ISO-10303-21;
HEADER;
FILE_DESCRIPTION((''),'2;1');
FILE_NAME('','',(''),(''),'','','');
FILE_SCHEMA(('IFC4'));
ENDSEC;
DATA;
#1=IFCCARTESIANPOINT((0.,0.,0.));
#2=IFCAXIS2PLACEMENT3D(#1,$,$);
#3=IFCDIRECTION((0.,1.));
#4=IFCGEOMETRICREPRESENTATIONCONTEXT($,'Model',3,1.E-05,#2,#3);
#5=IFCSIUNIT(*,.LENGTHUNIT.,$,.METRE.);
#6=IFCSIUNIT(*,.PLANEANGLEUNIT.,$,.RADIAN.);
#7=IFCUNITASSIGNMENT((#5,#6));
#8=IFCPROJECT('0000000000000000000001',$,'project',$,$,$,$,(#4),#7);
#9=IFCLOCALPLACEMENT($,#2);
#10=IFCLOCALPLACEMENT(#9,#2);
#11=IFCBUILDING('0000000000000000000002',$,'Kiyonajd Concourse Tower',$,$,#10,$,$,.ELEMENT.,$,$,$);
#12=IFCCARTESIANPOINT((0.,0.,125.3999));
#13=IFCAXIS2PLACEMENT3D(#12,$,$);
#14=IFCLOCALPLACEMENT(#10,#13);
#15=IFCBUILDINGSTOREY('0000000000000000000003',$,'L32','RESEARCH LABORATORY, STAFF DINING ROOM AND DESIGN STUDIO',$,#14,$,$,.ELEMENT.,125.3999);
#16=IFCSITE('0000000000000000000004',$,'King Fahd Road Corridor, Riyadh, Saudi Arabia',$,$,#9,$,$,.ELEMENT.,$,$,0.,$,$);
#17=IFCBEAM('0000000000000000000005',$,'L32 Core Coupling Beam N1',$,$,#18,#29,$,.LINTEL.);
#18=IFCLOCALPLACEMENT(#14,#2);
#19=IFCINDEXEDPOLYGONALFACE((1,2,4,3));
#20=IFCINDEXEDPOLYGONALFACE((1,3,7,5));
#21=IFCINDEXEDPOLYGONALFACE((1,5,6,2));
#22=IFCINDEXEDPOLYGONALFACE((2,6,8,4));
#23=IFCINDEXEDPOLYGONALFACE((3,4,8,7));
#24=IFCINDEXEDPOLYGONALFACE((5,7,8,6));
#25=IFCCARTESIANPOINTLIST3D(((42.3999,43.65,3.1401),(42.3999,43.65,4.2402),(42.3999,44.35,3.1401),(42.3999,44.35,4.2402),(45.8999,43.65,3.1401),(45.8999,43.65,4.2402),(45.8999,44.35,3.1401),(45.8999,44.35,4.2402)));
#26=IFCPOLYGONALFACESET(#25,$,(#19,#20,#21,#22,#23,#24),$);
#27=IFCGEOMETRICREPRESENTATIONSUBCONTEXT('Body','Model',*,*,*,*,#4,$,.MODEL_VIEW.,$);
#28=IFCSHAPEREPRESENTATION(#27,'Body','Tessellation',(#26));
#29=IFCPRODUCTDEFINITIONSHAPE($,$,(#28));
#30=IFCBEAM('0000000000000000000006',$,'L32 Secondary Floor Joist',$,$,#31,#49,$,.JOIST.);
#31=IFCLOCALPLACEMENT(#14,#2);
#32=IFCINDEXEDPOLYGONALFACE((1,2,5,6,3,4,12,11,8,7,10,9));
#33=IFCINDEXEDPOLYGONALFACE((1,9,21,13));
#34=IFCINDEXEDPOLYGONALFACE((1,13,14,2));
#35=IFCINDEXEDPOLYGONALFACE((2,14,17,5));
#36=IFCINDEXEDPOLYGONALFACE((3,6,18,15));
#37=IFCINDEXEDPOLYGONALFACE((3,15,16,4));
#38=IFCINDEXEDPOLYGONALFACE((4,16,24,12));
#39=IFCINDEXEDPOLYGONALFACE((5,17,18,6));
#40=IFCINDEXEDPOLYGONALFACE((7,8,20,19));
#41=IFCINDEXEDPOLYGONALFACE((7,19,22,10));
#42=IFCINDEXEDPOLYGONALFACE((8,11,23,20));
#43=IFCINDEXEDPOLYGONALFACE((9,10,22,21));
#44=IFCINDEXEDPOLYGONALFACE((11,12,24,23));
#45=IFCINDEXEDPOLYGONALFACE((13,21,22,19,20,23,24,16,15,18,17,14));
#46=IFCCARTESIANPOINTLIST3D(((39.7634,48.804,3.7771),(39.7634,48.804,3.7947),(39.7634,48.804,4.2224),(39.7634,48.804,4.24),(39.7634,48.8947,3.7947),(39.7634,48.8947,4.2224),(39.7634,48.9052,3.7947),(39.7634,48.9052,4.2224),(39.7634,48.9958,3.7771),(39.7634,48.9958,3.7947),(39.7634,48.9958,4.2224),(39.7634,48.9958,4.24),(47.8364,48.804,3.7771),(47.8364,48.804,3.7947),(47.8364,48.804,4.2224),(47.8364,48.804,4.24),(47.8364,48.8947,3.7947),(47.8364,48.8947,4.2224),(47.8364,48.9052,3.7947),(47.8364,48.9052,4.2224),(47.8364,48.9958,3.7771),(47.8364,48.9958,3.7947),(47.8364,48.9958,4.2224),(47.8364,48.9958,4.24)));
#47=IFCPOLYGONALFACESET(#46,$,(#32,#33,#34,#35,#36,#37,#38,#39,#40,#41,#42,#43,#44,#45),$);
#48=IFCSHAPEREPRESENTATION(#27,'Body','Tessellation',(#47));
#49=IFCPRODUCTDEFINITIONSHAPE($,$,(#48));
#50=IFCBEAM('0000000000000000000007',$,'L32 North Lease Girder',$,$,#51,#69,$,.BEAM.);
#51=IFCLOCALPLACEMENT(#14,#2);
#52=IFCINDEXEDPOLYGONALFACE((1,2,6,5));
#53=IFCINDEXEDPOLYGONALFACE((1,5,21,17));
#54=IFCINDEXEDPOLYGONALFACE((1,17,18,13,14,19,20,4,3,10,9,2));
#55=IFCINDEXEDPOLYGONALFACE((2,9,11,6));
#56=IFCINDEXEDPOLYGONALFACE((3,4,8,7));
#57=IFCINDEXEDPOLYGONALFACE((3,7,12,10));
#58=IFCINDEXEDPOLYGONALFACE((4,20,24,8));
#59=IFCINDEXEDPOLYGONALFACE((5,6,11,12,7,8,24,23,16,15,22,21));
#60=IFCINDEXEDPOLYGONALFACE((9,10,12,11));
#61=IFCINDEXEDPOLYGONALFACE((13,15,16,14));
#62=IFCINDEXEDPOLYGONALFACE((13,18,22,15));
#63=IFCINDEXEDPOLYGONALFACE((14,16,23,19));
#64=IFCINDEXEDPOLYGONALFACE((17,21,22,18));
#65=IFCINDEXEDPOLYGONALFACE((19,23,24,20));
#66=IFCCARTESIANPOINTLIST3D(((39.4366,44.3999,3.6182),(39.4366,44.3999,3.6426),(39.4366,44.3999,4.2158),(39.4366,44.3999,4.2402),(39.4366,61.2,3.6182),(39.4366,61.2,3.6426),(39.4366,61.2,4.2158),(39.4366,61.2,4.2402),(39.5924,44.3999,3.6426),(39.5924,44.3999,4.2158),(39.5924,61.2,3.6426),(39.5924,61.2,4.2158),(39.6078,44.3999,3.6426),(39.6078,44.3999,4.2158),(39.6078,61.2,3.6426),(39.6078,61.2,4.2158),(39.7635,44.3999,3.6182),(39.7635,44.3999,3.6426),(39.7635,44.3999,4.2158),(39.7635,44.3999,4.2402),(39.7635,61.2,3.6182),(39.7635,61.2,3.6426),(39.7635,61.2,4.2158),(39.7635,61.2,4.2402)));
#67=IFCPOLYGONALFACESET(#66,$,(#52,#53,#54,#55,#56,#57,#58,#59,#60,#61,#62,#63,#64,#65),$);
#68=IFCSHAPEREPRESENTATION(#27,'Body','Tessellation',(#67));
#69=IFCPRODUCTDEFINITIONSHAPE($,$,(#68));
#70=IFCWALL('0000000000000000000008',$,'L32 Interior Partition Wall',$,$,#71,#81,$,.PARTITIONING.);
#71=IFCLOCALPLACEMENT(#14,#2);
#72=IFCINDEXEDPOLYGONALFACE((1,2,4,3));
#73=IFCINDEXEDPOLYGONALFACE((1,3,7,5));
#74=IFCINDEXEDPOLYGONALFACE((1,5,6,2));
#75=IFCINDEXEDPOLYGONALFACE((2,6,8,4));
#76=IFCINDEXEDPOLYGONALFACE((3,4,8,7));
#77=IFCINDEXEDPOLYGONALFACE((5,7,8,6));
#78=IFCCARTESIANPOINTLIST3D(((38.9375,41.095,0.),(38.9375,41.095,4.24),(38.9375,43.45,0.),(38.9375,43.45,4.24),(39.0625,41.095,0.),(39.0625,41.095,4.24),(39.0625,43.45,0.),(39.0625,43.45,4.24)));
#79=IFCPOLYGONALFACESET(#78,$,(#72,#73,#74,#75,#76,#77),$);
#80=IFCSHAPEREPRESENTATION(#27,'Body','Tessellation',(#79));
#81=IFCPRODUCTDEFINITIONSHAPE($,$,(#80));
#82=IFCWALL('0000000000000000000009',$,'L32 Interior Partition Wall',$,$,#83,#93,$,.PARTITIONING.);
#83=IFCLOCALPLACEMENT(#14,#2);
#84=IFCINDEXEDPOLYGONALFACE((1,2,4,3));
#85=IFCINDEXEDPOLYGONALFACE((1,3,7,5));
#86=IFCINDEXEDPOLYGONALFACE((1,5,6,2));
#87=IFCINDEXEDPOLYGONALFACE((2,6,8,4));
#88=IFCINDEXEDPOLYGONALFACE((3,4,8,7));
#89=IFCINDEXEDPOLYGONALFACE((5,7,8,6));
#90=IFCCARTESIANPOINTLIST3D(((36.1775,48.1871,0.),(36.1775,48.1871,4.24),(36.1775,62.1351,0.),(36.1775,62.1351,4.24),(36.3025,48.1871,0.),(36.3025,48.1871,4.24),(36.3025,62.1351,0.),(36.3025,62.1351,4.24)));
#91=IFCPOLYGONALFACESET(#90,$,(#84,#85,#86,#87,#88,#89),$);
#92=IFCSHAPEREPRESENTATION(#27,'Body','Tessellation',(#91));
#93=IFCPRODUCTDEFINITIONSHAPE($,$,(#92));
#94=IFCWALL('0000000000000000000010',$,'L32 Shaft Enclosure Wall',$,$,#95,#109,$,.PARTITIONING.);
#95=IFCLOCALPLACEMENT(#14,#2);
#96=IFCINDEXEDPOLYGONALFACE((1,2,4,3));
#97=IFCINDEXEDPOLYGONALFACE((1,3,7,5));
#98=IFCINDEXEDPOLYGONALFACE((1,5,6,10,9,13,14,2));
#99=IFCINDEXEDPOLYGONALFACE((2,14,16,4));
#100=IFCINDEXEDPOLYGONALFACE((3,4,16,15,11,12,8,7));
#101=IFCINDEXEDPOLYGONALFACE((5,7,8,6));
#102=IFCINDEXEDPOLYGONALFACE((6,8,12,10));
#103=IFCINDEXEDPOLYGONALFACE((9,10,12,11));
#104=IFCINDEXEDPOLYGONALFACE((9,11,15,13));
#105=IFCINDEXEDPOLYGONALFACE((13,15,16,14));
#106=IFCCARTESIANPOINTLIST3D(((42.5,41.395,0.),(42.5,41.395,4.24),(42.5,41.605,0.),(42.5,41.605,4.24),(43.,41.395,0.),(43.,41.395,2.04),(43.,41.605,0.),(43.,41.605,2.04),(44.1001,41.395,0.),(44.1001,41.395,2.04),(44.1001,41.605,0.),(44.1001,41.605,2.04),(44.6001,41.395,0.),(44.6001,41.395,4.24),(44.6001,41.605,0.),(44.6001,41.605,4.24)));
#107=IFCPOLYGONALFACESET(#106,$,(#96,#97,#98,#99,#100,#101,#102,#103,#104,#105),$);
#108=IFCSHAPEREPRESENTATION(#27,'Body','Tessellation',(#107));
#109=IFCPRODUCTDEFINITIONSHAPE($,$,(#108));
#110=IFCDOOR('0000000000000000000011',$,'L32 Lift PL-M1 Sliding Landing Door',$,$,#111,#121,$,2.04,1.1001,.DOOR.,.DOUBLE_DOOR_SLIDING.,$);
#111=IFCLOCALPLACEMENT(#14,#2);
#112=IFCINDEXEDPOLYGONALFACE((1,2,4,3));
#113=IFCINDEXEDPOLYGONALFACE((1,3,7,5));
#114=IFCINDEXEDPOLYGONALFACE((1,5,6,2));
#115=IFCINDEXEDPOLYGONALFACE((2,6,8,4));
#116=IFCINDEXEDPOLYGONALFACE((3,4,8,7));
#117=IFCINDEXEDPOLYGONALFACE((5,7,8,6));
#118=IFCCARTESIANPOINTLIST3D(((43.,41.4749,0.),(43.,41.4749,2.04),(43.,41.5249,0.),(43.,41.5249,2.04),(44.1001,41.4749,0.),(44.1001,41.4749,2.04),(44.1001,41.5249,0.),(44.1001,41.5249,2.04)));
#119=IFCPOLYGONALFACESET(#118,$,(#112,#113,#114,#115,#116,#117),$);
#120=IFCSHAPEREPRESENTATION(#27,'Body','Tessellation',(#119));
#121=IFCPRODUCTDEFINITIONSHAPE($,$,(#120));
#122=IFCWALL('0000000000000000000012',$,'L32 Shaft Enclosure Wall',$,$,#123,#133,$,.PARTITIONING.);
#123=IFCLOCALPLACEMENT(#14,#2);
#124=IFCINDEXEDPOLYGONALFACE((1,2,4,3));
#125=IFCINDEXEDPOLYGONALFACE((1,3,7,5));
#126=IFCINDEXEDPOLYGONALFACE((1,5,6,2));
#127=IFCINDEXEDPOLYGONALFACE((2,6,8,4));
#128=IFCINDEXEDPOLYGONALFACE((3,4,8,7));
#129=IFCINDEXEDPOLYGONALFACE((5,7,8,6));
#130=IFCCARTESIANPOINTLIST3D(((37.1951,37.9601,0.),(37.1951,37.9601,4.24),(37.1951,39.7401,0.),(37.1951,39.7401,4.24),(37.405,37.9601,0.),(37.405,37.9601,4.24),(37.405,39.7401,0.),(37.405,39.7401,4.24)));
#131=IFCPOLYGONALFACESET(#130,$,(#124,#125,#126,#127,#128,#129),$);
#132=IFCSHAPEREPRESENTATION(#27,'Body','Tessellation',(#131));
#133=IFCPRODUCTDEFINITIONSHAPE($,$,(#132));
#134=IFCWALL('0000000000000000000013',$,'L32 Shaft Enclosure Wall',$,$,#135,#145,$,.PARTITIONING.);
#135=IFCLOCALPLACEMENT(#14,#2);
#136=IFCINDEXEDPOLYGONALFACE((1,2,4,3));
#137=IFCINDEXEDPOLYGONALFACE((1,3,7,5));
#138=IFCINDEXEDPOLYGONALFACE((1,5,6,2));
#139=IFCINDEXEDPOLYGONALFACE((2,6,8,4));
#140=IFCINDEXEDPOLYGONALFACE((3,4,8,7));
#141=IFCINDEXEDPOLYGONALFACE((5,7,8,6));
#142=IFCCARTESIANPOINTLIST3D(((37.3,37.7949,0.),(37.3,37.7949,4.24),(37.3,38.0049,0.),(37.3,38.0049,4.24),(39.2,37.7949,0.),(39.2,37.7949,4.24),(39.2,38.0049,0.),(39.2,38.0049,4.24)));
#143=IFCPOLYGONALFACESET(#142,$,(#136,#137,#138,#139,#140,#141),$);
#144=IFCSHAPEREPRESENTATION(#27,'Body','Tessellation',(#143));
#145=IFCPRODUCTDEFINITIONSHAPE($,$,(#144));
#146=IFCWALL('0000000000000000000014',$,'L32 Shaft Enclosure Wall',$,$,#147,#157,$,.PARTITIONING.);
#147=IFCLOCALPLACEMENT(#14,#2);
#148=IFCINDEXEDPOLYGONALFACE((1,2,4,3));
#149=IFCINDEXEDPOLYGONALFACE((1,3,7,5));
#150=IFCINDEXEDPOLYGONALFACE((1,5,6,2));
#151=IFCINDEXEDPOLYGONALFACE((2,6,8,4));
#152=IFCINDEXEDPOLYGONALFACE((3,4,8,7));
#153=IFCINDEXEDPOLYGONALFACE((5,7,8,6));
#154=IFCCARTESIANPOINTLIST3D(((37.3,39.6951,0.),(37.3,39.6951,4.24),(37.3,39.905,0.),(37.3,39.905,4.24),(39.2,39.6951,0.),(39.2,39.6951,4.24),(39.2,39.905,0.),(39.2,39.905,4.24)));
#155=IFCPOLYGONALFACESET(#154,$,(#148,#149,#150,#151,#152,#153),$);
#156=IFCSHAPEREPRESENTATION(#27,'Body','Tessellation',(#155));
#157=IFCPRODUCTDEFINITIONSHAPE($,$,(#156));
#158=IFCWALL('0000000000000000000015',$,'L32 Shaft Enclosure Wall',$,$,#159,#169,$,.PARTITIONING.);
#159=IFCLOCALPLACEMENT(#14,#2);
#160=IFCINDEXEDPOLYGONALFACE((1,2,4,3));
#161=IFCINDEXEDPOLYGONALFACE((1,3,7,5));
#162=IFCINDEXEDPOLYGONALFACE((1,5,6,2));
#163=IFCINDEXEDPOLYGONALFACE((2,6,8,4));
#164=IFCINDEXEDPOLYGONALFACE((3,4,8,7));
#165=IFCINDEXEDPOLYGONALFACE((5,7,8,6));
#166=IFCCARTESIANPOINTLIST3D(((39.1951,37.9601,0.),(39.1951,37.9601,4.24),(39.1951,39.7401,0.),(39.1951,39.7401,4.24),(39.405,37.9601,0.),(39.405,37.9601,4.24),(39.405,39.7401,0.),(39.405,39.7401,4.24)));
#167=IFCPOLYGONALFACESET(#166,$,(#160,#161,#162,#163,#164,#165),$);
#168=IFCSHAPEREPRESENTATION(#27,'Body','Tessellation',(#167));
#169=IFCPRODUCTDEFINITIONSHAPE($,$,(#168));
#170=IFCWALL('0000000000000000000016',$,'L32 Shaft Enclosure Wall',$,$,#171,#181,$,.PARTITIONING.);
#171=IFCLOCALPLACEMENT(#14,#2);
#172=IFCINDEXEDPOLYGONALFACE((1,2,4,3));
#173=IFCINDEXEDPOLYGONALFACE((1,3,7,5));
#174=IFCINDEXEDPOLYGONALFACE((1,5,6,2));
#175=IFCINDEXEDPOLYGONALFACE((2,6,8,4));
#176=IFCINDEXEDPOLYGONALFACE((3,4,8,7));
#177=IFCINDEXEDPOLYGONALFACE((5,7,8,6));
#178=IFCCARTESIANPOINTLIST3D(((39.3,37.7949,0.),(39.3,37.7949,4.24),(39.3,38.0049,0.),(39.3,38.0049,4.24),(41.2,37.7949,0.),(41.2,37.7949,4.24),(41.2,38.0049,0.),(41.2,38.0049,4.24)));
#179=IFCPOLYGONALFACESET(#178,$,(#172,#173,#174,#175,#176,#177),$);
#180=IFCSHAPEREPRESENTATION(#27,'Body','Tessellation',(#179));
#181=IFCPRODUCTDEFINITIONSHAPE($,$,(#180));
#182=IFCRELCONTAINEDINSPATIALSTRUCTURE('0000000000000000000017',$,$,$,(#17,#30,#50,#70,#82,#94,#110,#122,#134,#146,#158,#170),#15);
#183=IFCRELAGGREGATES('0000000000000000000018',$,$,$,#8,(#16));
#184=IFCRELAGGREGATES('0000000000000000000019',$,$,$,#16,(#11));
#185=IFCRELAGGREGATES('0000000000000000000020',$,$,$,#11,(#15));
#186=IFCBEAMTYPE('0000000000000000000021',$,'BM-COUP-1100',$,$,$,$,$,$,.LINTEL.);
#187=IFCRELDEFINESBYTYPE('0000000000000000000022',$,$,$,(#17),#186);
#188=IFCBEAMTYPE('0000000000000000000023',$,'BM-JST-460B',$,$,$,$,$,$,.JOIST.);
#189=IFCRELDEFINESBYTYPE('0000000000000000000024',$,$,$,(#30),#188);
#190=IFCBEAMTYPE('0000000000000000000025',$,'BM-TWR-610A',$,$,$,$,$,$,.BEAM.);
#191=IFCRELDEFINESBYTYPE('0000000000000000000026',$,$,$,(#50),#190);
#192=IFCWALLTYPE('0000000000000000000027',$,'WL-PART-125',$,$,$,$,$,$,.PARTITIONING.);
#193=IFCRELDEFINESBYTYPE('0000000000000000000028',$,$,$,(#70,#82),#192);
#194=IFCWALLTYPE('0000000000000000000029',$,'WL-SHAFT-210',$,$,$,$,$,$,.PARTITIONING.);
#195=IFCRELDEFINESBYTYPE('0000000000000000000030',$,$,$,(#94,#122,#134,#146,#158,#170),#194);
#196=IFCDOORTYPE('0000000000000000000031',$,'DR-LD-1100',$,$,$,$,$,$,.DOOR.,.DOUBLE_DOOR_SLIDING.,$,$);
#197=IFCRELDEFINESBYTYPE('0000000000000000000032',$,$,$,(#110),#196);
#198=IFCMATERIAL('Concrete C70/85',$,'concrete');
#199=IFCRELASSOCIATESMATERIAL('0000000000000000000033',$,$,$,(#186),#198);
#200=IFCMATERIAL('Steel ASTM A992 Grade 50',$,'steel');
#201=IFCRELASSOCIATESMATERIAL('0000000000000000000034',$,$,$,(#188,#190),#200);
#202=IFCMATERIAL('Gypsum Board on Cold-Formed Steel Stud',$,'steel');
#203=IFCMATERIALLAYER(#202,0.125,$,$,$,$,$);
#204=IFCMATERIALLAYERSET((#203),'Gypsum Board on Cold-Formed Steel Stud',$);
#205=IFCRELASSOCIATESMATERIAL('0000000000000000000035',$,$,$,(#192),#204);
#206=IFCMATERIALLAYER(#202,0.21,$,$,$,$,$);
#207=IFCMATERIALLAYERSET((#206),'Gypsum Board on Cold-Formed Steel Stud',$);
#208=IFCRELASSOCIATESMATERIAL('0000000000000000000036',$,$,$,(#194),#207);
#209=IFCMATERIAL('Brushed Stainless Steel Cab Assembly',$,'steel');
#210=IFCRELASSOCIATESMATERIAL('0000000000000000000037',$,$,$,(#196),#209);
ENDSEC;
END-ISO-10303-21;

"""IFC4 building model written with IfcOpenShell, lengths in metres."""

from ifc_helpers import new_model, si_unit, direction, frame, frame_2d, origin, origin_2d, place, context, subcontext, project, spatial, rectangle, i_section, extrude, material, layer, layer_set, material_profile, profile_set, type_object, element, fill, save


model = new_model("IFC4")

# Units and contexts
model_context = context("Model", 3, precision=1e-05, world=origin(), true_north=direction((0.0, 1.0)))
body_context = subcontext(model_context, "Body", "Model", "MODEL_VIEW")
ifc_project = project(units=[si_unit("LENGTHUNIT", "METRE"), si_unit("PLANEANGLEUNIT", "RADIAN")], contexts=[model_context])

# Site, building, storey
site_placement = place(None, origin())
site = spatial("IfcSite", under=ifc_project, at=site_placement, Name="King Fahd Road Corridor, Riyadh, Saudi Arabia", CompositionType="ELEMENT", RefElevation=0.0)
building_placement = place(site_placement, origin())
building = spatial("IfcBuilding", under=site, at=building_placement, Name="Kiyonajd Concourse Tower", CompositionType="ELEMENT")
storey_placement = place(building_placement, frame((0.0, 0.0, 125.3999)))
storey = spatial("IfcBuildingStorey", under=building, at=storey_placement, Name="L32", Description="RESEARCH LABORATORY, STAFF DINING ROOM AND DESIGN STUDIO", CompositionType="ELEMENT", Elevation=125.3999)

# Beams
ifc_material_1 = material(Name="Concrete C70/85", Category="concrete")
ifc_material_profile_1 = material_profile(ifc_material_1, rectangle(XDim=0.7, YDim=1.1001, at=origin_2d()), Name="RCBM-700x1100")
ifc_profile_set_1 = profile_set([ifc_material_profile_1], Name="Concrete C70/85")
beam_type_1 = type_object("IfcBeamType", Name="BM-COUP-1100", PredefinedType="LINTEL", material=ifc_profile_set_1)
beam_1_placement = place(storey_placement, frame((42.3999, 44.0, 3.6902), z_axis=(1.0, 0.0, 0.0), x_axis=(0.0, 1.0, 0.0)))
element("IfcBeam", 1, at=beam_1_placement, inside=storey, type_object=beam_type_1, Name="L32 Core Coupling Beam N1", PredefinedType="LINTEL", context=body_context, shape_type="SweptSolid", body=[
    extrude(rectangle(XDim=0.7, YDim=1.1001, at=origin_2d()), origin(), (0.0, 0.0, 1.0), 3.5),
])
ifc_material_2 = material(Name="Steel ASTM A992 Grade 50", Category="steel")
ifc_material_profile_2 = material_profile(ifc_material_2, i_section(OverallWidth=0.1919, OverallDepth=0.4629, WebThickness=0.0105, FlangeThickness=0.0176, at=origin_2d()), Name="W460X89")
ifc_profile_set_2 = profile_set([ifc_material_profile_2], Name="Steel ASTM A992 Grade 50")
beam_type_2 = type_object("IfcBeamType", Name="BM-JST-460B", PredefinedType="JOIST", material=ifc_profile_set_2)
beam_2_placement = place(storey_placement, frame((39.7634, 48.8999, 4.0085), z_axis=(1.0, 0.0, 0.0), x_axis=(0.0, 1.0, 0.0)))
element("IfcBeam", 2, at=beam_2_placement, inside=storey, type_object=beam_type_2, Name="L32 Secondary Floor Joist", PredefinedType="JOIST", context=body_context, shape_type="SweptSolid", body=[
    extrude(i_section(OverallWidth=0.1919, OverallDepth=0.4629, WebThickness=0.0105, FlangeThickness=0.0176, at=origin_2d()), origin(), (0.0, 0.0, 1.0), 8.073),
])
ifc_material_profile_3 = material_profile(ifc_material_2, i_section(OverallWidth=0.3269, OverallDepth=0.6221, WebThickness=0.0154, FlangeThickness=0.0244, at=origin_2d()), Name="W610X195")
ifc_profile_set_3 = profile_set([ifc_material_profile_3], Name="Steel ASTM A992 Grade 50")
beam_type_3 = type_object("IfcBeamType", Name="BM-TWR-610A", PredefinedType="BEAM", material=ifc_profile_set_3)
beam_3_placement = place(storey_placement, frame((39.6001, 44.3999, 3.9292), z_axis=(0.0, 1.0, 0.0), x_axis=(-1.0, 0.0, 0.0)))
element("IfcBeam", 3, at=beam_3_placement, inside=storey, type_object=beam_type_3, Name="L32 North Lease Girder", PredefinedType="BEAM", context=body_context, shape_type="SweptSolid", body=[
    extrude(i_section(OverallWidth=0.3269, OverallDepth=0.6221, WebThickness=0.0154, FlangeThickness=0.0244, at=origin_2d()), origin(), (0.0, 0.0, 1.0), 16.8),
])

# Walls
ifc_material_3 = material(Name="Gypsum Board on Cold-Formed Steel Stud", Category="steel")
ifc_layer_1 = layer(ifc_material_3, 0.125)
ifc_layer_set_1 = layer_set([ifc_layer_1], Name="Gypsum Board on Cold-Formed Steel Stud")
wall_type_1 = type_object("IfcWallType", Name="WL-PART-125", PredefinedType="PARTITIONING", material=ifc_layer_set_1)
wall_1_placement = place(storey_placement, frame((39.0, 41.095, 0.0), z_axis=(0.0, 0.0, 1.0), x_axis=(0.0, 1.0, 0.0)))
element("IfcWall", 4, at=wall_1_placement, inside=storey, type_object=wall_type_1, Name="L32 Interior Partition Wall", PredefinedType="PARTITIONING", context=body_context, shape_type="SweptSolid", body=[
    extrude(rectangle(XDim=2.355, YDim=0.125, at=frame_2d((1.1775, 0.0))), origin(), (0.0, 0.0, 1.0), 4.24),
])
wall_2_placement = place(storey_placement, frame((36.24, 48.187, 0.0), z_axis=(0.0, 0.0, 1.0), x_axis=(0.0, 1.0, 0.0)))
element("IfcWall", 5, at=wall_2_placement, inside=storey, type_object=wall_type_1, Name="L32 Interior Partition Wall", PredefinedType="PARTITIONING", context=body_context, shape_type="SweptSolid", body=[
    extrude(rectangle(XDim=13.948, YDim=0.125, at=frame_2d((6.9741, 0.0))), origin(), (0.0, 0.0, 1.0), 4.24),
])

# Wall, opening, door
ifc_layer_2 = layer(ifc_material_3, 0.21)
ifc_layer_set_2 = layer_set([ifc_layer_2], Name="Gypsum Board on Cold-Formed Steel Stud")
wall_type_2 = type_object("IfcWallType", Name="WL-SHAFT-210", PredefinedType="PARTITIONING", material=ifc_layer_set_2)
wall_3_placement = place(storey_placement, frame((42.5, 41.5, 0.0), z_axis=(0.0, 0.0, 1.0), x_axis=(1.0, 0.0, 0.0)))
wall_3 = element("IfcWall", 6, at=wall_3_placement, inside=storey, type_object=wall_type_2, Name="L32 Shaft Enclosure Wall", PredefinedType="PARTITIONING", context=body_context, shape_type="SweptSolid", body=[
    extrude(rectangle(XDim=2.1001, YDim=0.21, at=frame_2d((1.05, 0.0))), origin(), (0.0, 0.0, 1.0), 4.24),
])
opening_placement = place(wall_3_placement, frame((0.5, 0.0, 0.0)))
opening = element("IfcOpeningElement", 7, at=opening_placement, cuts=wall_3, PredefinedType="OPENING", context=body_context, shape_type="SweptSolid", body=[
    extrude(rectangle(XDim=1.1001, YDim=2.04, at=frame_2d((0.55, 1.02))), frame((0.0, 0.115, 0.0), z_axis=(0.0, -1.0, 0.0), x_axis=(1.0, 0.0, 0.0)), (0.0, 0.0, 1.0), 0.23),
])
ifc_material_4 = material(Name="Brushed Stainless Steel Cab Assembly", Category="steel")
door_type = type_object("IfcDoorType", Name="DR-LD-1100", OperationType="DOUBLE_DOOR_SLIDING", PredefinedType="DOOR", material=ifc_material_4)
door_placement = place(opening_placement, origin())
door = element("IfcDoor", 8, at=door_placement, inside=storey, type_object=door_type, Name="L32 Lift PL-M1 Sliding Landing Door", OperationType="DOUBLE_DOOR_SLIDING", OverallHeight=2.04, OverallWidth=1.1001, PredefinedType="DOOR", context=body_context, shape_type="SweptSolid", body=[
    extrude(rectangle(XDim=1.1001, YDim=2.04, at=frame_2d((0.55, 1.02))), frame((0.0, 0.0249, 0.0), z_axis=(0.0, -1.0, 0.0), x_axis=(1.0, 0.0, 0.0)), (0.0, 0.0, 1.0), 0.05),
])
fill(opening, door)

# Walls
wall_4_placement = place(storey_placement, frame((37.3, 37.96, 0.0), z_axis=(0.0, 0.0, 1.0), x_axis=(0.0, 1.0, 0.0)))
element("IfcWall", 9, at=wall_4_placement, inside=storey, type_object=wall_type_2, Name="L32 Shaft Enclosure Wall", PredefinedType="PARTITIONING", context=body_context, shape_type="SweptSolid", body=[
    extrude(rectangle(XDim=1.78, YDim=0.21, at=frame_2d((0.8901, 0.0))), origin(), (0.0, 0.0, 1.0), 4.24),
])
for number, where, z_axis, x_axis, name in (
    (10, (37.3, 37.8999, 0.0), (0.0, 0.0, 1.0), (1.0, 0.0, 0.0), "L32 Shaft Enclosure Wall"),
    (11, (37.3, 39.8, 0.0), (0.0, 0.0, 1.0), (1.0, 0.0, 0.0), "L32 Shaft Enclosure Wall"),
):
    element("IfcWall", number, at=place(storey_placement, frame(where, z_axis=z_axis, x_axis=x_axis)), inside=storey, type_object=wall_type_2, Name=name, PredefinedType="PARTITIONING", context=body_context, shape_type="SweptSolid", body=[
        extrude(rectangle(XDim=1.8999, YDim=0.21, at=frame_2d((0.95, 0.0))), origin(), (0.0, 0.0, 1.0), 4.24),
    ])
wall_5_placement = place(storey_placement, frame((39.3, 37.96, 0.0), z_axis=(0.0, 0.0, 1.0), x_axis=(0.0, 1.0, 0.0)))
element("IfcWall", 12, at=wall_5_placement, inside=storey, type_object=wall_type_2, Name="L32 Shaft Enclosure Wall", PredefinedType="PARTITIONING", context=body_context, shape_type="SweptSolid", body=[
    extrude(rectangle(XDim=1.78, YDim=0.21, at=frame_2d((0.8901, 0.0))), origin(), (0.0, 0.0, 1.0), 4.24),
])
for number, where, z_axis, x_axis, name in (
    (13, (39.3, 37.8999, 0.0), (0.0, 0.0, 1.0), (1.0, 0.0, 0.0), "L32 Shaft Enclosure Wall"),
):
    element("IfcWall", number, at=place(storey_placement, frame(where, z_axis=z_axis, x_axis=x_axis)), inside=storey, type_object=wall_type_2, Name=name, PredefinedType="PARTITIONING", context=body_context, shape_type="SweptSolid", body=[
        extrude(rectangle(XDim=1.8999, YDim=0.21, at=frame_2d((0.95, 0.0))), origin(), (0.0, 0.0, 1.0), 4.24),
    ])

save(model, "model.ifc")
